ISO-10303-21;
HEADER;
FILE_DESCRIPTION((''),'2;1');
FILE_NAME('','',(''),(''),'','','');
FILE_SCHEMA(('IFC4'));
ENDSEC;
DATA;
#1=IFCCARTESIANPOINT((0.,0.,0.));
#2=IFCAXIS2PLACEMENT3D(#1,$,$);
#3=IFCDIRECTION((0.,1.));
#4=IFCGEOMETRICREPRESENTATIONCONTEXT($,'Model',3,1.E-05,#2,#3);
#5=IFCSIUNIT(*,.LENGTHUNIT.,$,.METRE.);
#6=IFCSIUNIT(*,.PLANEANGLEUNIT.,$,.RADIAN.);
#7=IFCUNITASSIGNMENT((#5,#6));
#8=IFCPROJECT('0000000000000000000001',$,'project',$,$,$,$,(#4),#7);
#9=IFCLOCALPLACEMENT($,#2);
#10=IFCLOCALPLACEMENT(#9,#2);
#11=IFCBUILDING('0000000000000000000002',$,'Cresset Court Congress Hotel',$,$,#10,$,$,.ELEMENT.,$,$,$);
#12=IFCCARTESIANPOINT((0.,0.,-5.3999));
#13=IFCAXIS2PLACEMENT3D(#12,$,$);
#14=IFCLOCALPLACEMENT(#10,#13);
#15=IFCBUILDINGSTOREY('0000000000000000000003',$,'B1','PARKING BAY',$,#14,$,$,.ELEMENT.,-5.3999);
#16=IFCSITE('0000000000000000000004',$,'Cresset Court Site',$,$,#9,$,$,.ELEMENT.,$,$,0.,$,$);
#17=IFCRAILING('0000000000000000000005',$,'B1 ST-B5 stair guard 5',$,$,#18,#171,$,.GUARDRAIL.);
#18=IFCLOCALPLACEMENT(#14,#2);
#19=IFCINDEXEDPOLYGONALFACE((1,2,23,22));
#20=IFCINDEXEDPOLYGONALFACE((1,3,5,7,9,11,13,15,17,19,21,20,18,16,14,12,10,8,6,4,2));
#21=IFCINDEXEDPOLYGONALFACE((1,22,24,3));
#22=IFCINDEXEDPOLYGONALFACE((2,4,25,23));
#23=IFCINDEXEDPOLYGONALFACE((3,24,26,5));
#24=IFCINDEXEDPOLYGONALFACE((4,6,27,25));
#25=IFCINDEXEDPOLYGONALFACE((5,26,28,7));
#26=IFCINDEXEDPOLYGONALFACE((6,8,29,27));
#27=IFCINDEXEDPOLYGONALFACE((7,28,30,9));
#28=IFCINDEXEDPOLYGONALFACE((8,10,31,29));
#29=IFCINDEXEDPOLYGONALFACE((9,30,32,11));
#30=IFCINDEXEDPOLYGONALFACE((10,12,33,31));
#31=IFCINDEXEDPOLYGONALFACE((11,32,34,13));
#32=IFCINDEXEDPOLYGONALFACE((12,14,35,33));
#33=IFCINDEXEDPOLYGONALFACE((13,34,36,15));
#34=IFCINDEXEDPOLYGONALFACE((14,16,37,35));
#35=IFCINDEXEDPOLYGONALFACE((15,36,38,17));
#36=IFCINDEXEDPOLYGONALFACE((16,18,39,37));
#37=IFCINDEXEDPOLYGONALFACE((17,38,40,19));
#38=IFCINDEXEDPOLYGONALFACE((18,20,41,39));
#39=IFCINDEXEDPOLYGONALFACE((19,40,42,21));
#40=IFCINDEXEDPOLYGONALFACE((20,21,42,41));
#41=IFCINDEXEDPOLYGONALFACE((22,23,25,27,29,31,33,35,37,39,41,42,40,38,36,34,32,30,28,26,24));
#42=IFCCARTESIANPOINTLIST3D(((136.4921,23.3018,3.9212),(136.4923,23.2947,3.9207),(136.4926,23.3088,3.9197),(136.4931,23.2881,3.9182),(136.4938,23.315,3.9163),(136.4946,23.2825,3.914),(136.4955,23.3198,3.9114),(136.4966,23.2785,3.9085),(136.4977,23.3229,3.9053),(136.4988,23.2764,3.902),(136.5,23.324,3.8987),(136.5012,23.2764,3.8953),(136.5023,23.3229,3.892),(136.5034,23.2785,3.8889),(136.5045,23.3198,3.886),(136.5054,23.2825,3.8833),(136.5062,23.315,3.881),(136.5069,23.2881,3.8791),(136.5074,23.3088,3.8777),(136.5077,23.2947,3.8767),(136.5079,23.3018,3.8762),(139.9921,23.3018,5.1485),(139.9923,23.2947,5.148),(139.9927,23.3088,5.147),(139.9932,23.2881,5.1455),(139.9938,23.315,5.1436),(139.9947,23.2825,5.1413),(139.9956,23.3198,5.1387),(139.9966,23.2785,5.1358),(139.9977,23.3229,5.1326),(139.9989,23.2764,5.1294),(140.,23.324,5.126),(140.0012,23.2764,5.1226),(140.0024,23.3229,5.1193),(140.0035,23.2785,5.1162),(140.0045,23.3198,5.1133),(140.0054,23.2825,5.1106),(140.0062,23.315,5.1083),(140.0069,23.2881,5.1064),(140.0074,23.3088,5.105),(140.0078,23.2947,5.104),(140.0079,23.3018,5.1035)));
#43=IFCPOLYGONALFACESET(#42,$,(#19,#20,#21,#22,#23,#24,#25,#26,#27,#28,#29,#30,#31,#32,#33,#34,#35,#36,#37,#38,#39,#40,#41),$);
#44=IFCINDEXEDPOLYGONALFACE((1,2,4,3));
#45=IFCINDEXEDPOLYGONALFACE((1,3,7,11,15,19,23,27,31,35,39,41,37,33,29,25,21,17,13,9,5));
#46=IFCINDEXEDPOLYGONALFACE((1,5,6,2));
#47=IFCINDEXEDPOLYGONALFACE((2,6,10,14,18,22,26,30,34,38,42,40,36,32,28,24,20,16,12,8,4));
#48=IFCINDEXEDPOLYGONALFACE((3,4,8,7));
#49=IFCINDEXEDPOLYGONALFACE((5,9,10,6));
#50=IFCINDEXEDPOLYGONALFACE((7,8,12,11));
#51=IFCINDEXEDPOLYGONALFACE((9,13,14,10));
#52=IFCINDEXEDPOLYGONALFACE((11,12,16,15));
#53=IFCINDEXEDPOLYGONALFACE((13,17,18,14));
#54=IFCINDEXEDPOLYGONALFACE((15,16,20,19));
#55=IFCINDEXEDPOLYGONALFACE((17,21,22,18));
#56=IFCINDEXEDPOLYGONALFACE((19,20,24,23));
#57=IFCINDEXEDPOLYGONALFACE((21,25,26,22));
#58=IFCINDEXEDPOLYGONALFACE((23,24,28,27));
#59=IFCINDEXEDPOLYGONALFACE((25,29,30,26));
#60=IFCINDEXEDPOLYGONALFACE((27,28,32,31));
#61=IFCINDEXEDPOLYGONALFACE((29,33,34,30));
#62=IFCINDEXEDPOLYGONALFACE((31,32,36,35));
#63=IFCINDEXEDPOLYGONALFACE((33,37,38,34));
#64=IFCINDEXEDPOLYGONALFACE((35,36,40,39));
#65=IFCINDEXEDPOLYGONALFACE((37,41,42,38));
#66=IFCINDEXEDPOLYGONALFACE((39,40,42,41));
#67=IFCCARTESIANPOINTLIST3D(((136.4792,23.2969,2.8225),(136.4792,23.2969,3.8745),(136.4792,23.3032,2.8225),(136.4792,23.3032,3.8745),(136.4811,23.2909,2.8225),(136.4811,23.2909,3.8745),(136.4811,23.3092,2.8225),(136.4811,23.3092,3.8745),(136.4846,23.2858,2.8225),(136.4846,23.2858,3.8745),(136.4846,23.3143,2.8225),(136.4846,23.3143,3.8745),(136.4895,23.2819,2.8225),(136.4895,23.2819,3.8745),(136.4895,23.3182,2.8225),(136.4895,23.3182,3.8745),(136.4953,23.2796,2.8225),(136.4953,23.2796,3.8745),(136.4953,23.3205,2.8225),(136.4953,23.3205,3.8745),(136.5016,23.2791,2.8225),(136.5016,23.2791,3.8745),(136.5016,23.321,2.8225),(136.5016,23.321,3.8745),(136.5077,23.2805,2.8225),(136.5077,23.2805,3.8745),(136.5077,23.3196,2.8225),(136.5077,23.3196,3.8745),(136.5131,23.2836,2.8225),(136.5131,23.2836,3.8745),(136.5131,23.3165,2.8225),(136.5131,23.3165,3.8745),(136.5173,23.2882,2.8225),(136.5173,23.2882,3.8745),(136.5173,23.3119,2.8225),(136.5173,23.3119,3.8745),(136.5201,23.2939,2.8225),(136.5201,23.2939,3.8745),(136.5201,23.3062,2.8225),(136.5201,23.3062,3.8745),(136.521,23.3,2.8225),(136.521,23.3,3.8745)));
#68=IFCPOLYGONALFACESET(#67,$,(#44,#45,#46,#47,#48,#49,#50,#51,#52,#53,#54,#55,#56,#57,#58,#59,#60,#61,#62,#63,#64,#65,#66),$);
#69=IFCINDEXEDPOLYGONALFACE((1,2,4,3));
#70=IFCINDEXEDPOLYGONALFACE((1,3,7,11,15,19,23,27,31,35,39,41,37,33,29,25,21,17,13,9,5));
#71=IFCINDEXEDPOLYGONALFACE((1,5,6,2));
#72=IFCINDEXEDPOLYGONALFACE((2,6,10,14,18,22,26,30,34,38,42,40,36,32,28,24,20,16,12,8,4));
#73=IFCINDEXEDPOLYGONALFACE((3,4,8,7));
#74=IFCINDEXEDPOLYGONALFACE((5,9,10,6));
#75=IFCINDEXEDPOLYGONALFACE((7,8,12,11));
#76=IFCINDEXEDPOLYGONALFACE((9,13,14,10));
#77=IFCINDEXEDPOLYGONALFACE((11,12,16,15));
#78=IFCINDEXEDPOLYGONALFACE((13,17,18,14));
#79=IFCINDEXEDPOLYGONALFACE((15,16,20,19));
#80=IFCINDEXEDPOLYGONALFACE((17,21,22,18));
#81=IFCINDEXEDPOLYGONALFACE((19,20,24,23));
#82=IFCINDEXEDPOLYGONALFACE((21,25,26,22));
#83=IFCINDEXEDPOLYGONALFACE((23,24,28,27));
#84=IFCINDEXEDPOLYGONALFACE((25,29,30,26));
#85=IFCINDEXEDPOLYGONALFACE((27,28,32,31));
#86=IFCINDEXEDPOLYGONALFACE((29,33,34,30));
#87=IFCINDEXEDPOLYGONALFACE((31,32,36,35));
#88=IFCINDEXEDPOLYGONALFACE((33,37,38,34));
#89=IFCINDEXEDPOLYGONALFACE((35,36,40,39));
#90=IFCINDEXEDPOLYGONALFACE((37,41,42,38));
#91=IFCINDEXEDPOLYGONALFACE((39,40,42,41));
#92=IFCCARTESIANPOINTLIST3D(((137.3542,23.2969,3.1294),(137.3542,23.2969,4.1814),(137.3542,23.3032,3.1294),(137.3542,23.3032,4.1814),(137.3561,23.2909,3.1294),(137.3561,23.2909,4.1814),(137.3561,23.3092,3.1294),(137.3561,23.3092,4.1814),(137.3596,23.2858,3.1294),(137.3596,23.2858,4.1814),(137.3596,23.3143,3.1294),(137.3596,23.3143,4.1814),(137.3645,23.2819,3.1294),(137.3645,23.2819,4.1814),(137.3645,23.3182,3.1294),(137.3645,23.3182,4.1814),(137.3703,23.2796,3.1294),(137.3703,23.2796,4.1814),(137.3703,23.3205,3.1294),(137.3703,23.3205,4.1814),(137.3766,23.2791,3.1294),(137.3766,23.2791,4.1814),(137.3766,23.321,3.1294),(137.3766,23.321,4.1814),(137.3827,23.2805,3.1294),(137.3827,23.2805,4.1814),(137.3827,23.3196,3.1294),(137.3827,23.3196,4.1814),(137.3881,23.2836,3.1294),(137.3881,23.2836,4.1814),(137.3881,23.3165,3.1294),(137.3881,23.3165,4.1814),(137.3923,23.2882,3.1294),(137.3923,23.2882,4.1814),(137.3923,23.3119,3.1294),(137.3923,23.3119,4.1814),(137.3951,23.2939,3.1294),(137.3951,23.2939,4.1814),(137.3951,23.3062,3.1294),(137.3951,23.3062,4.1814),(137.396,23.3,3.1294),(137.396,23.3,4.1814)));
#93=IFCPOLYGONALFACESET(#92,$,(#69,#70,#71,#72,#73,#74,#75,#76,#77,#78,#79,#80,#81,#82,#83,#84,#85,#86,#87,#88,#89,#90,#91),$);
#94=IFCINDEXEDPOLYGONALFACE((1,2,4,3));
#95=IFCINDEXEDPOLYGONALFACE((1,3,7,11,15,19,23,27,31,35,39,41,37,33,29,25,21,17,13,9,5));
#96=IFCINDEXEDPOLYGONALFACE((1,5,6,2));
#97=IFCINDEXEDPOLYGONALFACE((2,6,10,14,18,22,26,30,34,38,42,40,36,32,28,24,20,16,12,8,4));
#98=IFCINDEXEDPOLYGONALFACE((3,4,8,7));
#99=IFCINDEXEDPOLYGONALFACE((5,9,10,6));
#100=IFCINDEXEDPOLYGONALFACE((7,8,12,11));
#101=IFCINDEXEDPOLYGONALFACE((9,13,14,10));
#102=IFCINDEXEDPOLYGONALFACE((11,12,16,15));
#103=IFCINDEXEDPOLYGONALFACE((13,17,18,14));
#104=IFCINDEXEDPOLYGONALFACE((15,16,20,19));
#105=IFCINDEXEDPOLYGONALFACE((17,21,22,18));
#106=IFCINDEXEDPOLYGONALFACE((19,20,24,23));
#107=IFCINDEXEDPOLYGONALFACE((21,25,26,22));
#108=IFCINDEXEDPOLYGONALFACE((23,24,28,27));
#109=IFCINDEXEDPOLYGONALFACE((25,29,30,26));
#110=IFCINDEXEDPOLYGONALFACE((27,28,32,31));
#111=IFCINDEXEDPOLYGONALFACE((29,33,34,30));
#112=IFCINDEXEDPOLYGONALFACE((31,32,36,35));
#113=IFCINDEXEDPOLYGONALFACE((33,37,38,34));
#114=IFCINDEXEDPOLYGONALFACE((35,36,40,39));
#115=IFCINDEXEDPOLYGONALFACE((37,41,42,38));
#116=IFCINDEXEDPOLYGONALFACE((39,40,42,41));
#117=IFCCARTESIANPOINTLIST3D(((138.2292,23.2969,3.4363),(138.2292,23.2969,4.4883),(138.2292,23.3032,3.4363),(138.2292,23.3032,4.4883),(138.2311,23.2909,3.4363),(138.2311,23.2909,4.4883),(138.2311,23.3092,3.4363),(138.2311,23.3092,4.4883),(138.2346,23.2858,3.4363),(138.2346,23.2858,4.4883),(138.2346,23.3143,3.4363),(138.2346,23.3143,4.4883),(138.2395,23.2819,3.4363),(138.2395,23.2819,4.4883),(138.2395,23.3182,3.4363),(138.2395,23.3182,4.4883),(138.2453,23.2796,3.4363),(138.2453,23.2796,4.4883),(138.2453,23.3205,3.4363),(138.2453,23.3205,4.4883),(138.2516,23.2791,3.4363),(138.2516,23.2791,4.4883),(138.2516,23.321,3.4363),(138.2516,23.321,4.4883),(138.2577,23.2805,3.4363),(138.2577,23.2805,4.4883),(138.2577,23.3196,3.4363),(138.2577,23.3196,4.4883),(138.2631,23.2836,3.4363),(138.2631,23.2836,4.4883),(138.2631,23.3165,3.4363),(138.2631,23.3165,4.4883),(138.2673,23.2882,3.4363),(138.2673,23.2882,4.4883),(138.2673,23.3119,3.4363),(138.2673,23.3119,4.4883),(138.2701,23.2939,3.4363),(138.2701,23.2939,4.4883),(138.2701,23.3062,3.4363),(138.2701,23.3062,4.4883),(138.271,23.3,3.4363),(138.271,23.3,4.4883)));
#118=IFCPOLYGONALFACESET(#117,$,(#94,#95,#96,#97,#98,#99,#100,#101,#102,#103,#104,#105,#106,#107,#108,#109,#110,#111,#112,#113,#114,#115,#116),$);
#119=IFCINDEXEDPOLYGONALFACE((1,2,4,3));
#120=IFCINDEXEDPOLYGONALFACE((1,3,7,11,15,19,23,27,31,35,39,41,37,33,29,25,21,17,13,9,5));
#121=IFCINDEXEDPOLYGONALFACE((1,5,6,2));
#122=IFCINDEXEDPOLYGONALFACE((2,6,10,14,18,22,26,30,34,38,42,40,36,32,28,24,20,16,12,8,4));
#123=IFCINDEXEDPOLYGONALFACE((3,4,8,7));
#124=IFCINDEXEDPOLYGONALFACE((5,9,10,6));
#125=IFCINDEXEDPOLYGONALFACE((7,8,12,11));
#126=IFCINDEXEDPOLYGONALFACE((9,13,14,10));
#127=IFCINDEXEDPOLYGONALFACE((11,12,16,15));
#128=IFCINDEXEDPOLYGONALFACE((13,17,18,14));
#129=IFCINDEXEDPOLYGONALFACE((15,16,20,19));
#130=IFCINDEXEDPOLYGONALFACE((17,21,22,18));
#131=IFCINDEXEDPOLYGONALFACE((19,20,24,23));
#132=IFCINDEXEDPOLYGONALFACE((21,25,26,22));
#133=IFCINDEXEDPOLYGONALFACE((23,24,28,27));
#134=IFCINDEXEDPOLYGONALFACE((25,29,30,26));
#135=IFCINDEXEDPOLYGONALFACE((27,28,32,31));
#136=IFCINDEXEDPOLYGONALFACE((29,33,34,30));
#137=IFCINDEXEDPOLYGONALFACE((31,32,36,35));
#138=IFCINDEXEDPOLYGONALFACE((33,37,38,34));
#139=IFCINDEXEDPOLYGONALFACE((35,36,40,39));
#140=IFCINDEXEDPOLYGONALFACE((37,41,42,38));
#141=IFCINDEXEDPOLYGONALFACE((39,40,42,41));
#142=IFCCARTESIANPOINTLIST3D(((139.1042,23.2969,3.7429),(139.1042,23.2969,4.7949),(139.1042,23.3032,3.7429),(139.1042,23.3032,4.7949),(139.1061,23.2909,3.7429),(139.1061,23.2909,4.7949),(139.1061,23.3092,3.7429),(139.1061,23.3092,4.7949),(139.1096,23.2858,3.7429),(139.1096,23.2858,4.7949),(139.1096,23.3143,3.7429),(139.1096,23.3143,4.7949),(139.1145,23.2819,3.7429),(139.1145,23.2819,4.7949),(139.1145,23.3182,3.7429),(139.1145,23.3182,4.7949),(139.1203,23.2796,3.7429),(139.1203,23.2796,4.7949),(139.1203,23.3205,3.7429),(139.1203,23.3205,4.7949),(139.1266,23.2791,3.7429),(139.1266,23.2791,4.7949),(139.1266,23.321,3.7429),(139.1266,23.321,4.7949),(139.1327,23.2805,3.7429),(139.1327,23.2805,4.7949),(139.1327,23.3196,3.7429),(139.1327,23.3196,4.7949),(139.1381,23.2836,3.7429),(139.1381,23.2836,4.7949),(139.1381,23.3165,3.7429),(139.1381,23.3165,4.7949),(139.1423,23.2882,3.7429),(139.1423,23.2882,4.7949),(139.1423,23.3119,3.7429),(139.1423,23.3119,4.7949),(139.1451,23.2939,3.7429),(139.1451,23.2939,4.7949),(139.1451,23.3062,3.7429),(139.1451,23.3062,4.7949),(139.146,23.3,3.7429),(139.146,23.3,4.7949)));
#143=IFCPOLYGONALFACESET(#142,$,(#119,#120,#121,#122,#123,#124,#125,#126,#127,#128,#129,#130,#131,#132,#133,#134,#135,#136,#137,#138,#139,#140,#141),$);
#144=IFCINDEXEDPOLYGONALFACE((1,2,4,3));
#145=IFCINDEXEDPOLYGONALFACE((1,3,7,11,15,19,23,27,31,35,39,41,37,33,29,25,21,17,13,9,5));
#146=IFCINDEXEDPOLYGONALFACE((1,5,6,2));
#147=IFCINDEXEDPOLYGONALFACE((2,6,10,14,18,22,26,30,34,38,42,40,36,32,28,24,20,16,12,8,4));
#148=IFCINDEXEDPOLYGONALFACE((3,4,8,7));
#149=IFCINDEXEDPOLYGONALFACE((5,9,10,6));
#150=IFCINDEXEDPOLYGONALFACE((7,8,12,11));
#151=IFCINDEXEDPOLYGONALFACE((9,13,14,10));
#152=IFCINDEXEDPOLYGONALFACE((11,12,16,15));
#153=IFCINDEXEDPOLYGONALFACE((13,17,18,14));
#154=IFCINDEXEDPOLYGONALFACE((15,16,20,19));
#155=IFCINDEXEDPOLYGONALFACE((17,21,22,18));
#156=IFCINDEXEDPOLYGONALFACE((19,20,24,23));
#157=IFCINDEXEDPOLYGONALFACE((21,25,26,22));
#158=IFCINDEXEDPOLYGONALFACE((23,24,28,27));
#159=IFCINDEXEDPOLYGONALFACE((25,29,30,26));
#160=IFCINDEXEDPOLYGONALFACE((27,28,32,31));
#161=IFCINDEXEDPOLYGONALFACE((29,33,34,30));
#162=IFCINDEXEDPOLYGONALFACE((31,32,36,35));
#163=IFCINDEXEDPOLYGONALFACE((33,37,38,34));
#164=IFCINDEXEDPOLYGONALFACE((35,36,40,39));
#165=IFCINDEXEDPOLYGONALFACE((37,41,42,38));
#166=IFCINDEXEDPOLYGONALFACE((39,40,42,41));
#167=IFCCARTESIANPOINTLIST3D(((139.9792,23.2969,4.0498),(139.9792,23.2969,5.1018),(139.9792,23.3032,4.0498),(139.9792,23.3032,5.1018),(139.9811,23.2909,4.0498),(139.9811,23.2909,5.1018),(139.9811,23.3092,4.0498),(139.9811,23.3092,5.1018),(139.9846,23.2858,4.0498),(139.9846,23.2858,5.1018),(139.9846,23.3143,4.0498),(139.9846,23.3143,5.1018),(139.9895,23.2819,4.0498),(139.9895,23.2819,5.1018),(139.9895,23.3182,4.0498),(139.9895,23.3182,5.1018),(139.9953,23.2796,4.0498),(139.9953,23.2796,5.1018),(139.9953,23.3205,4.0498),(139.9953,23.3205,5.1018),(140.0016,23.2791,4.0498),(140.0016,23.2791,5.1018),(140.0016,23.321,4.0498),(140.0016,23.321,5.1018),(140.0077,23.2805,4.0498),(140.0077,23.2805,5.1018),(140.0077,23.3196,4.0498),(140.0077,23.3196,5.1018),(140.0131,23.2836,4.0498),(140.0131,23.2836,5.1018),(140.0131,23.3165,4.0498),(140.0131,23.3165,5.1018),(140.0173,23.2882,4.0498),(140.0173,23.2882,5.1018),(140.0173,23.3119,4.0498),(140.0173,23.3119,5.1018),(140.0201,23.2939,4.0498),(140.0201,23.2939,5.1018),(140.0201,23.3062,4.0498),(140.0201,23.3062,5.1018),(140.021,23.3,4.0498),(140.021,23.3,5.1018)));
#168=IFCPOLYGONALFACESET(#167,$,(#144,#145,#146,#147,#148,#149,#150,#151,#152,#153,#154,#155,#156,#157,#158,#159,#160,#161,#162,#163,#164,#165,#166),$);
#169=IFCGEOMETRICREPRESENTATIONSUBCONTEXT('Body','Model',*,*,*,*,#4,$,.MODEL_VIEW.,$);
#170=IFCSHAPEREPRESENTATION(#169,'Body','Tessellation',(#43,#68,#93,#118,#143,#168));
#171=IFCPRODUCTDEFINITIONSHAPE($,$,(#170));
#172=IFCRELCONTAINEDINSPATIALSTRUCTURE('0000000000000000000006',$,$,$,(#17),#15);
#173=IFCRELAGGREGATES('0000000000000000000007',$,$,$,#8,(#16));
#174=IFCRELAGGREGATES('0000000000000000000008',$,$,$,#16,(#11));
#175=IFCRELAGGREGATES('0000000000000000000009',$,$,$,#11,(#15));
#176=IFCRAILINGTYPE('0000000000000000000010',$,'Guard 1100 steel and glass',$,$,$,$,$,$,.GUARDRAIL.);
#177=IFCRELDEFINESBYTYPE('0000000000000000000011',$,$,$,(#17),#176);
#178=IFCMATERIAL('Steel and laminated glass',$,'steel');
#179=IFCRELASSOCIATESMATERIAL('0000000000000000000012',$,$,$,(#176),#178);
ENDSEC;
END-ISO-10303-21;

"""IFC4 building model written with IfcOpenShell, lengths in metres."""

from ifc_helpers import new_model, si_unit, direction, frame, origin, origin_2d, place, context, subcontext, project, spatial, circle, extrude, material, type_object, element, save


model = new_model("IFC4")

# Units and contexts
model_context = context("Model", 3, precision=1e-05, world=origin(), true_north=direction((0.0, 1.0)))
body_context = subcontext(model_context, "Body", "Model", "MODEL_VIEW")
ifc_project = project(units=[si_unit("LENGTHUNIT", "METRE"), si_unit("PLANEANGLEUNIT", "RADIAN")], contexts=[model_context])

# Site, building, storey
site_placement = place(None, origin())
site = spatial("IfcSite", under=ifc_project, at=site_placement, Name="Cresset Court Site", CompositionType="ELEMENT", RefElevation=0.0)
building_placement = place(site_placement, origin())
building = spatial("IfcBuilding", under=site, at=building_placement, Name="Cresset Court Congress Hotel", CompositionType="ELEMENT")
storey_placement = place(building_placement, frame((0.0, 0.0, -5.3999)))
storey = spatial("IfcBuildingStorey", under=building, at=storey_placement, Name="B1", Description="PARKING BAY", CompositionType="ELEMENT", Elevation=-5.3999)

# Railing
ifc_material_1 = material(Name="Steel and laminated glass", Category="steel")
railing_type_1 = type_object("IfcRailingType", Name="Guard 1100 steel and glass", PredefinedType="GUARDRAIL", material=ifc_material_1)
railing_1_placement = place(storey_placement, frame((136.5, 23.3, 2.8225)))
element("IfcRailing", 1, at=railing_1_placement, inside=storey, type_object=railing_type_1, Name="B1 ST-B5 stair guard 5", PredefinedType="GUARDRAIL", context=body_context, shape_type="SweptSolid", body=[
    extrude(circle(Radius=0.0239, at=origin_2d()), frame((0.0, 0.0, 1.0762), z_axis=(0.943665, 0.0, 0.330902), x_axis=(0.0, 1.0, 0.0)), (0.0, 0.0, 1.0), 3.709),
    extrude(circle(Radius=0.021, at=origin_2d()), origin(), (0.0, 0.0, 1.0), 1.052),
    extrude(circle(Radius=0.021, at=origin_2d()), frame((0.875, 0.0, 0.3069)), (0.0, 0.0, 1.0), 1.052),
    extrude(circle(Radius=0.021, at=origin_2d()), frame((1.75, 0.0, 0.6138)), (0.0, 0.0, 1.0), 1.052),
    extrude(circle(Radius=0.021, at=origin_2d()), frame((2.625, 0.0, 0.9204)), (0.0, 0.0, 1.0), 1.052),
    extrude(circle(Radius=0.021, at=origin_2d()), frame((3.5, 0.0, 1.2273)), (0.0, 0.0, 1.0), 1.052),
])

save(model, "model.ifc")
